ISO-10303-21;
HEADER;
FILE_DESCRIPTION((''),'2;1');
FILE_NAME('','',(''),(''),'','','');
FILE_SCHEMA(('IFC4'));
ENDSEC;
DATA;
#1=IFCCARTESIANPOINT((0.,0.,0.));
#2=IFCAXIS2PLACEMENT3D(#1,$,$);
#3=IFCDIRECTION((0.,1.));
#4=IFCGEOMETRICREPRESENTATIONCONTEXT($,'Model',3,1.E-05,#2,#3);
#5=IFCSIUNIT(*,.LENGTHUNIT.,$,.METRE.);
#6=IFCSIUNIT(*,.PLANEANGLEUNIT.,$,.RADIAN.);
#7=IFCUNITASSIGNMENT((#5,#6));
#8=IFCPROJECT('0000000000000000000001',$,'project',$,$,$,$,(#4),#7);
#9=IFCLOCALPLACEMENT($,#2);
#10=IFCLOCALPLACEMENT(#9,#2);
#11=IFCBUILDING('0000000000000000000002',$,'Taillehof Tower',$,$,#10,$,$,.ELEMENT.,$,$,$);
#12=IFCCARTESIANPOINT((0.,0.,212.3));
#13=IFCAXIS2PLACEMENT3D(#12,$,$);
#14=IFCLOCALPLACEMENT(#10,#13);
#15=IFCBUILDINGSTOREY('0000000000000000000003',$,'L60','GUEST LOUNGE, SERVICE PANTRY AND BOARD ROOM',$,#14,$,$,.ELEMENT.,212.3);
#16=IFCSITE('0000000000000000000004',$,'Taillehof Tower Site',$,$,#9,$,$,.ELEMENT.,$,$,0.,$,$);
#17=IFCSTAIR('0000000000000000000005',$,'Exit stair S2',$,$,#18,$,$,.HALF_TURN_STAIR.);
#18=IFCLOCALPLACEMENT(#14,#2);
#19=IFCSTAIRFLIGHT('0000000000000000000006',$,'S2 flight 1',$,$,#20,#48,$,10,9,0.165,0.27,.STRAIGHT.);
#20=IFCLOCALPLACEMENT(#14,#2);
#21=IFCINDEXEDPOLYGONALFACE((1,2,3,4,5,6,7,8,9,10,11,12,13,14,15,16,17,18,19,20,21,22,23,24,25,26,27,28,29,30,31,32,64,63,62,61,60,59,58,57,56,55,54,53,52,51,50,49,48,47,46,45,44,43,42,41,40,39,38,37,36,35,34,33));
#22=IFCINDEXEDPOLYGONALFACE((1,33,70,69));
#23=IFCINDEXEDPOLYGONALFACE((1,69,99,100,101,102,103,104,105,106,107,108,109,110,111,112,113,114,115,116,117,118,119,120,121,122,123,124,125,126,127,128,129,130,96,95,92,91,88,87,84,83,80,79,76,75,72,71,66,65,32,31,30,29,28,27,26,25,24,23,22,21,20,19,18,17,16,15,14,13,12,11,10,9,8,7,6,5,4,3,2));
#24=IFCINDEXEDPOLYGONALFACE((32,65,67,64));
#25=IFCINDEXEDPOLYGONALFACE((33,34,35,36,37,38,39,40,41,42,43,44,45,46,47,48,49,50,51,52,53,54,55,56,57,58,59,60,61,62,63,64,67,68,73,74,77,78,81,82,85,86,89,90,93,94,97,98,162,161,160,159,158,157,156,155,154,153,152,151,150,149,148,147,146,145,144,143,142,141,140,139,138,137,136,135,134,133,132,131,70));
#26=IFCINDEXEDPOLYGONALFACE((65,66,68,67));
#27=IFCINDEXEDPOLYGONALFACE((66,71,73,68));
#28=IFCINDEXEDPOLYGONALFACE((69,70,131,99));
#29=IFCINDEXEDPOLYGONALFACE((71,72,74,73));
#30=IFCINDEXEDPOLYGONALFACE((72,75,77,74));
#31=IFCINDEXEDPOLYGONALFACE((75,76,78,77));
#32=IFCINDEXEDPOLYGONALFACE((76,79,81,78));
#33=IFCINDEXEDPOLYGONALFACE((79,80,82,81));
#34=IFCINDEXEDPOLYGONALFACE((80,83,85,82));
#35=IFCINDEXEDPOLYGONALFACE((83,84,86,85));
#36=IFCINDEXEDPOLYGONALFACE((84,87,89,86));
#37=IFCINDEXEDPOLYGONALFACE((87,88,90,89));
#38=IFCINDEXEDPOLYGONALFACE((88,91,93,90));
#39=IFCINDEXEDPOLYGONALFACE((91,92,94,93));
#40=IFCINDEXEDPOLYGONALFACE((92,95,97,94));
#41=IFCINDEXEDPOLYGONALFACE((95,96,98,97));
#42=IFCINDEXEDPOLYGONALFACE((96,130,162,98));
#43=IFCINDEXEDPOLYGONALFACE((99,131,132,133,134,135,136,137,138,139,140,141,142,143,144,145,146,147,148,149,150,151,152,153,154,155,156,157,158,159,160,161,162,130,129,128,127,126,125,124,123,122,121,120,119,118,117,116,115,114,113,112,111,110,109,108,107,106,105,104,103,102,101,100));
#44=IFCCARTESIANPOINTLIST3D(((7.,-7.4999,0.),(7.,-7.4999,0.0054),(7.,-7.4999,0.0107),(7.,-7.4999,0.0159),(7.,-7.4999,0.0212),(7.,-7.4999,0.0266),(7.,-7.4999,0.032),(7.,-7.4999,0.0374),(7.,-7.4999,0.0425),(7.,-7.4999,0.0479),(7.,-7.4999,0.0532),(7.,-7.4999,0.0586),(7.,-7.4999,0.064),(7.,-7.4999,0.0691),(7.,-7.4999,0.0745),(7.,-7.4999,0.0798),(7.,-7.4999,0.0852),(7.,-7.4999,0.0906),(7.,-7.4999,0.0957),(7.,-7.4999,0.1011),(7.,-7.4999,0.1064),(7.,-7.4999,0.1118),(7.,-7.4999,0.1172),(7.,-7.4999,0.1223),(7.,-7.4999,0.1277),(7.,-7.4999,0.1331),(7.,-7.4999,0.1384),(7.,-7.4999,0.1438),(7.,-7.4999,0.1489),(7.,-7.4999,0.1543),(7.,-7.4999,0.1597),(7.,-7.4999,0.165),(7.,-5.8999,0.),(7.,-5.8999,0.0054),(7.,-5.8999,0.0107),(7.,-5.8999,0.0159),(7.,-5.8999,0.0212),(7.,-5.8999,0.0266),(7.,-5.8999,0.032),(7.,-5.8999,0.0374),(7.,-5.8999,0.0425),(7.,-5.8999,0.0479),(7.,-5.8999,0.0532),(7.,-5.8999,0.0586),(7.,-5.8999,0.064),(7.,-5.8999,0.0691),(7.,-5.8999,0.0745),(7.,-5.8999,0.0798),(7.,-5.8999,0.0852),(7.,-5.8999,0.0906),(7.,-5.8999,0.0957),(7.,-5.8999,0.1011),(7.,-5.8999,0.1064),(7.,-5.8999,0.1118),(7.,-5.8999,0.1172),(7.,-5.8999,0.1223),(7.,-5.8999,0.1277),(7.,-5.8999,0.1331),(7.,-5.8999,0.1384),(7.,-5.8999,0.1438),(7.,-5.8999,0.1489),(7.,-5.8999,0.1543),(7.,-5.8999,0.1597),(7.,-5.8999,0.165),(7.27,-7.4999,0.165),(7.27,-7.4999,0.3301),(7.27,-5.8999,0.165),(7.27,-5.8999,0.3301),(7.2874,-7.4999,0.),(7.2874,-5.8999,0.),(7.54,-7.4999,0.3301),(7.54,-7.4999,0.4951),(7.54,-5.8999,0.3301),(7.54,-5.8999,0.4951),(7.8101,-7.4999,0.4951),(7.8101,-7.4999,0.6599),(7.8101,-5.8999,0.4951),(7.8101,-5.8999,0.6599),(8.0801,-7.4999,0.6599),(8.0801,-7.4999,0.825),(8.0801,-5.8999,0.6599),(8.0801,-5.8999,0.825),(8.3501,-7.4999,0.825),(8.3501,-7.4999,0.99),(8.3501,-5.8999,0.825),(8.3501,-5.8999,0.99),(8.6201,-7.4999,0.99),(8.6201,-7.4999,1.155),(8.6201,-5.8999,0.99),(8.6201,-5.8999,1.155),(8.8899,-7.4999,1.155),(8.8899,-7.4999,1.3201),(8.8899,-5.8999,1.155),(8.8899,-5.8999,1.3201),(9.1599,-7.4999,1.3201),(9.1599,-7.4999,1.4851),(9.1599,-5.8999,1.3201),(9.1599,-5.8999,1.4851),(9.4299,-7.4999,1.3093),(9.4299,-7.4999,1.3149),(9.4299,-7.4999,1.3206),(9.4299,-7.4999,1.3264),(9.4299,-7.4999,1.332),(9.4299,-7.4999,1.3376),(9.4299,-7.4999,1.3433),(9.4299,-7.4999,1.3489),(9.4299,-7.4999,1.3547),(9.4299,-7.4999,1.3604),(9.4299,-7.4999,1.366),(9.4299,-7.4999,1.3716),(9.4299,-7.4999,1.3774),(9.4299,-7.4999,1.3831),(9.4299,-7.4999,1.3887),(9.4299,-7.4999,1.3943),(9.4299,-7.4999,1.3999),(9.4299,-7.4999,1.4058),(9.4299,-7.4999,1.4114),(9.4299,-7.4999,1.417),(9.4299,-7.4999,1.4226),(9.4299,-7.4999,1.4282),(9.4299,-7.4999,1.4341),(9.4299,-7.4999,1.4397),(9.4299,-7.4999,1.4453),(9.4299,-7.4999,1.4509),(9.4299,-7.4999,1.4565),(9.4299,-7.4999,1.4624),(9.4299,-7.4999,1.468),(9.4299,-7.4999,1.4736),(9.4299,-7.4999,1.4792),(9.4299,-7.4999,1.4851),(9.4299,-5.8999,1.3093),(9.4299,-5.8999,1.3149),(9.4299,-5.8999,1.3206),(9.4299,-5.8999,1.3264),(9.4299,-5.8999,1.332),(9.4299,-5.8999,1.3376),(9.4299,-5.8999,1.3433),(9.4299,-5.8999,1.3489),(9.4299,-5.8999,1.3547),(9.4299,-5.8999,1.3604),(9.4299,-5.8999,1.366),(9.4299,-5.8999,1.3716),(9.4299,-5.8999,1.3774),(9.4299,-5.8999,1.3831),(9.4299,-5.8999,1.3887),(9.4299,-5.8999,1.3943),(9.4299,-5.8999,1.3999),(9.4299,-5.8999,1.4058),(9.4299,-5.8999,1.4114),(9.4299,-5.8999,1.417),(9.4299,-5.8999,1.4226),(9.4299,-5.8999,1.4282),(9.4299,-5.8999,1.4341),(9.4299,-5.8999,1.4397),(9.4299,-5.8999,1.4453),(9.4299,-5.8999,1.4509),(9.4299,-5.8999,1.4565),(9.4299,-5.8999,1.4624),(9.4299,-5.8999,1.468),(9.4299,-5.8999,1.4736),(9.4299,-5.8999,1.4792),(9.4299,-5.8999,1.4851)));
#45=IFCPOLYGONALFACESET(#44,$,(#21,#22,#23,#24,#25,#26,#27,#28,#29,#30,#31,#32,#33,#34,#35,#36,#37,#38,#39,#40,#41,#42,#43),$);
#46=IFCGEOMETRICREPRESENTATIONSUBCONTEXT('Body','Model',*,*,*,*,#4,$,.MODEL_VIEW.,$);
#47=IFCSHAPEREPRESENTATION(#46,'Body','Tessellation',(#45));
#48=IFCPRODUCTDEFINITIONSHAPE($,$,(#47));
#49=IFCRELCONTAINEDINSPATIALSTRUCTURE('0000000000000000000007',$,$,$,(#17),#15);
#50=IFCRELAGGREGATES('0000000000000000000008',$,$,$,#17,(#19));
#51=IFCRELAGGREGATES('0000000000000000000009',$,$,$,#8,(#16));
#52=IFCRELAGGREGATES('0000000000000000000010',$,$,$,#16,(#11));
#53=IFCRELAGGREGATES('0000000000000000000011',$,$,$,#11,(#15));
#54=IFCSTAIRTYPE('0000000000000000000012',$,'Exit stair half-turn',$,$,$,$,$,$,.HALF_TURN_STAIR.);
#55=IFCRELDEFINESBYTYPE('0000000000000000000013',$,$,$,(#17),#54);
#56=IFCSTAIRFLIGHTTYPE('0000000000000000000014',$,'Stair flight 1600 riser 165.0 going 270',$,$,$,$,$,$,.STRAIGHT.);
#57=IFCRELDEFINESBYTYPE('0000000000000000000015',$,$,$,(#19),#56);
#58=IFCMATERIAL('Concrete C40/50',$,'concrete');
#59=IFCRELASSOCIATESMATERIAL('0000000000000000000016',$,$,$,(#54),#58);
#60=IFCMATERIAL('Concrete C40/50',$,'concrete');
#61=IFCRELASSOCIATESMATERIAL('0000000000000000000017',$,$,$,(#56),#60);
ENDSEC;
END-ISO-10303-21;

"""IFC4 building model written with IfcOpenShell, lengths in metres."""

from ifc_helpers import new_model, si_unit, direction, frame, origin, place, context, subcontext, project, spatial, polyline, outline, extrude, material, type_object, element, aggregate, save


model = new_model("IFC4")

# Units and contexts
model_context = context("Model", 3, precision=1e-05, world=origin(), true_north=direction((0.0, 1.0)))
body_context = subcontext(model_context, "Body", "Model", "MODEL_VIEW")
ifc_project = project(units=[si_unit("LENGTHUNIT", "METRE"), si_unit("PLANEANGLEUNIT", "RADIAN")], contexts=[model_context])

# Site, building, storey
site_placement = place(None, origin())
site = spatial("IfcSite", under=ifc_project, at=site_placement, Name="Taillehof Tower Site", CompositionType="ELEMENT", RefElevation=0.0)
building_placement = place(site_placement, origin())
building = spatial("IfcBuilding", under=site, at=building_placement, Name="Taillehof Tower", CompositionType="ELEMENT")
storey_placement = place(building_placement, frame((0.0, 0.0, 212.3)))
storey = spatial("IfcBuildingStorey", under=building, at=storey_placement, Name="L60", Description="GUEST LOUNGE, SERVICE PANTRY AND BOARD ROOM", CompositionType="ELEMENT", Elevation=212.3)

# Stair, stair flight
ifc_material_1 = material(Name="Concrete C40/50", Category="concrete")
stair_type = type_object("IfcStairType", Name="Exit stair half-turn", PredefinedType="HALF_TURN_STAIR", material=ifc_material_1)
stair_placement = place(storey_placement, origin())
stair = element("IfcStair", 1, at=stair_placement, inside=storey, type_object=stair_type, Name="Exit stair S2", PredefinedType="HALF_TURN_STAIR")
ifc_material_2 = material(Name="Concrete C40/50", Category="concrete")
stair_flight_type = type_object("IfcStairFlightType", Name="Stair flight 1600 riser 165.0 going 270", PredefinedType="STRAIGHT", material=ifc_material_2)
stair_flight_placement = place(storey_placement, frame((7.0, -6.7, 0.0), z_axis=(0.0, 0.0, 1.0), x_axis=(1.0, 0.0, 0.0)))
stair_flight = element("IfcStairFlight", 2, at=stair_flight_placement, type_object=stair_flight_type, Name="S2 flight 1", NumberOfRisers=10, NumberOfTreads=9, PredefinedType="STRAIGHT", RiserHeight=0.165, TreadLength=0.27, context=body_context, shape_type="SweptSolid", body=[
    extrude(outline(polyline([(0.0, 0.0), (0.0, 0.0054), (0.0, 0.0107), (0.0, 0.0159), (0.0, 0.0212), (0.0, 0.0266), (0.0, 0.032), (0.0, 0.0374), (0.0, 0.0425), (0.0, 0.0479), (0.0, 0.0532), (0.0, 0.0586), (0.0, 0.064), (0.0, 0.0691), (0.0, 0.0745), (0.0, 0.0798), (0.0, 0.0852), (0.0, 0.0906), (0.0, 0.0957), (0.0, 0.1011), (0.0, 0.1064), (0.0, 0.1118), (0.0, 0.1172), (0.0, 0.1223), (0.0, 0.1277), (0.0, 0.1331), (0.0, 0.1384), (0.0, 0.1438), (0.0, 0.1489), (0.0, 0.1543), (0.0, 0.1597), (0.0, 0.165), (0.27, 0.165), (0.27, 0.3301), (0.54, 0.3301), (0.54, 0.4951), (0.8101, 0.4951), (0.8101, 0.6599), (1.0801, 0.6599), (1.0801, 0.825), (1.3501, 0.825), (1.3501, 0.99), (1.6201, 0.99), (1.6201, 1.155), (1.8899, 1.155), (1.8899, 1.3201), (2.1599, 1.3201), (2.1599, 1.4851), (2.4299, 1.4851), (2.4299, 1.4792), (2.4299, 1.4736), (2.4299, 1.468), (2.4299, 1.4624), (2.4299, 1.4565), (2.4299, 1.4509), (2.4299, 1.4453), (2.4299, 1.4397), (2.4299, 1.4341), (2.4299, 1.4282), (2.4299, 1.4226), (2.4299, 1.417), (2.4299, 1.4114), (2.4299, 1.4058), (2.4299, 1.3999), (2.4299, 1.3943), (2.4299, 1.3887), (2.4299, 1.3831), (2.4299, 1.3774), (2.4299, 1.3716), (2.4299, 1.366), (2.4299, 1.3604), (2.4299, 1.3547), (2.4299, 1.3489), (2.4299, 1.3433), (2.4299, 1.3376), (2.4299, 1.332), (2.4299, 1.3264), (2.4299, 1.3206), (2.4299, 1.3149), (2.4299, 1.3093), (0.2874, 0.0), (0.0, 0.0)])), frame((0.0, 0.8, 0.0), z_axis=(0.0, -1.0, 0.0), x_axis=(1.0, 0.0, 0.0)), (0.0, 0.0, 1.0), 1.6),
])
aggregate(stair, [stair_flight])

save(model, "model.ifc")
